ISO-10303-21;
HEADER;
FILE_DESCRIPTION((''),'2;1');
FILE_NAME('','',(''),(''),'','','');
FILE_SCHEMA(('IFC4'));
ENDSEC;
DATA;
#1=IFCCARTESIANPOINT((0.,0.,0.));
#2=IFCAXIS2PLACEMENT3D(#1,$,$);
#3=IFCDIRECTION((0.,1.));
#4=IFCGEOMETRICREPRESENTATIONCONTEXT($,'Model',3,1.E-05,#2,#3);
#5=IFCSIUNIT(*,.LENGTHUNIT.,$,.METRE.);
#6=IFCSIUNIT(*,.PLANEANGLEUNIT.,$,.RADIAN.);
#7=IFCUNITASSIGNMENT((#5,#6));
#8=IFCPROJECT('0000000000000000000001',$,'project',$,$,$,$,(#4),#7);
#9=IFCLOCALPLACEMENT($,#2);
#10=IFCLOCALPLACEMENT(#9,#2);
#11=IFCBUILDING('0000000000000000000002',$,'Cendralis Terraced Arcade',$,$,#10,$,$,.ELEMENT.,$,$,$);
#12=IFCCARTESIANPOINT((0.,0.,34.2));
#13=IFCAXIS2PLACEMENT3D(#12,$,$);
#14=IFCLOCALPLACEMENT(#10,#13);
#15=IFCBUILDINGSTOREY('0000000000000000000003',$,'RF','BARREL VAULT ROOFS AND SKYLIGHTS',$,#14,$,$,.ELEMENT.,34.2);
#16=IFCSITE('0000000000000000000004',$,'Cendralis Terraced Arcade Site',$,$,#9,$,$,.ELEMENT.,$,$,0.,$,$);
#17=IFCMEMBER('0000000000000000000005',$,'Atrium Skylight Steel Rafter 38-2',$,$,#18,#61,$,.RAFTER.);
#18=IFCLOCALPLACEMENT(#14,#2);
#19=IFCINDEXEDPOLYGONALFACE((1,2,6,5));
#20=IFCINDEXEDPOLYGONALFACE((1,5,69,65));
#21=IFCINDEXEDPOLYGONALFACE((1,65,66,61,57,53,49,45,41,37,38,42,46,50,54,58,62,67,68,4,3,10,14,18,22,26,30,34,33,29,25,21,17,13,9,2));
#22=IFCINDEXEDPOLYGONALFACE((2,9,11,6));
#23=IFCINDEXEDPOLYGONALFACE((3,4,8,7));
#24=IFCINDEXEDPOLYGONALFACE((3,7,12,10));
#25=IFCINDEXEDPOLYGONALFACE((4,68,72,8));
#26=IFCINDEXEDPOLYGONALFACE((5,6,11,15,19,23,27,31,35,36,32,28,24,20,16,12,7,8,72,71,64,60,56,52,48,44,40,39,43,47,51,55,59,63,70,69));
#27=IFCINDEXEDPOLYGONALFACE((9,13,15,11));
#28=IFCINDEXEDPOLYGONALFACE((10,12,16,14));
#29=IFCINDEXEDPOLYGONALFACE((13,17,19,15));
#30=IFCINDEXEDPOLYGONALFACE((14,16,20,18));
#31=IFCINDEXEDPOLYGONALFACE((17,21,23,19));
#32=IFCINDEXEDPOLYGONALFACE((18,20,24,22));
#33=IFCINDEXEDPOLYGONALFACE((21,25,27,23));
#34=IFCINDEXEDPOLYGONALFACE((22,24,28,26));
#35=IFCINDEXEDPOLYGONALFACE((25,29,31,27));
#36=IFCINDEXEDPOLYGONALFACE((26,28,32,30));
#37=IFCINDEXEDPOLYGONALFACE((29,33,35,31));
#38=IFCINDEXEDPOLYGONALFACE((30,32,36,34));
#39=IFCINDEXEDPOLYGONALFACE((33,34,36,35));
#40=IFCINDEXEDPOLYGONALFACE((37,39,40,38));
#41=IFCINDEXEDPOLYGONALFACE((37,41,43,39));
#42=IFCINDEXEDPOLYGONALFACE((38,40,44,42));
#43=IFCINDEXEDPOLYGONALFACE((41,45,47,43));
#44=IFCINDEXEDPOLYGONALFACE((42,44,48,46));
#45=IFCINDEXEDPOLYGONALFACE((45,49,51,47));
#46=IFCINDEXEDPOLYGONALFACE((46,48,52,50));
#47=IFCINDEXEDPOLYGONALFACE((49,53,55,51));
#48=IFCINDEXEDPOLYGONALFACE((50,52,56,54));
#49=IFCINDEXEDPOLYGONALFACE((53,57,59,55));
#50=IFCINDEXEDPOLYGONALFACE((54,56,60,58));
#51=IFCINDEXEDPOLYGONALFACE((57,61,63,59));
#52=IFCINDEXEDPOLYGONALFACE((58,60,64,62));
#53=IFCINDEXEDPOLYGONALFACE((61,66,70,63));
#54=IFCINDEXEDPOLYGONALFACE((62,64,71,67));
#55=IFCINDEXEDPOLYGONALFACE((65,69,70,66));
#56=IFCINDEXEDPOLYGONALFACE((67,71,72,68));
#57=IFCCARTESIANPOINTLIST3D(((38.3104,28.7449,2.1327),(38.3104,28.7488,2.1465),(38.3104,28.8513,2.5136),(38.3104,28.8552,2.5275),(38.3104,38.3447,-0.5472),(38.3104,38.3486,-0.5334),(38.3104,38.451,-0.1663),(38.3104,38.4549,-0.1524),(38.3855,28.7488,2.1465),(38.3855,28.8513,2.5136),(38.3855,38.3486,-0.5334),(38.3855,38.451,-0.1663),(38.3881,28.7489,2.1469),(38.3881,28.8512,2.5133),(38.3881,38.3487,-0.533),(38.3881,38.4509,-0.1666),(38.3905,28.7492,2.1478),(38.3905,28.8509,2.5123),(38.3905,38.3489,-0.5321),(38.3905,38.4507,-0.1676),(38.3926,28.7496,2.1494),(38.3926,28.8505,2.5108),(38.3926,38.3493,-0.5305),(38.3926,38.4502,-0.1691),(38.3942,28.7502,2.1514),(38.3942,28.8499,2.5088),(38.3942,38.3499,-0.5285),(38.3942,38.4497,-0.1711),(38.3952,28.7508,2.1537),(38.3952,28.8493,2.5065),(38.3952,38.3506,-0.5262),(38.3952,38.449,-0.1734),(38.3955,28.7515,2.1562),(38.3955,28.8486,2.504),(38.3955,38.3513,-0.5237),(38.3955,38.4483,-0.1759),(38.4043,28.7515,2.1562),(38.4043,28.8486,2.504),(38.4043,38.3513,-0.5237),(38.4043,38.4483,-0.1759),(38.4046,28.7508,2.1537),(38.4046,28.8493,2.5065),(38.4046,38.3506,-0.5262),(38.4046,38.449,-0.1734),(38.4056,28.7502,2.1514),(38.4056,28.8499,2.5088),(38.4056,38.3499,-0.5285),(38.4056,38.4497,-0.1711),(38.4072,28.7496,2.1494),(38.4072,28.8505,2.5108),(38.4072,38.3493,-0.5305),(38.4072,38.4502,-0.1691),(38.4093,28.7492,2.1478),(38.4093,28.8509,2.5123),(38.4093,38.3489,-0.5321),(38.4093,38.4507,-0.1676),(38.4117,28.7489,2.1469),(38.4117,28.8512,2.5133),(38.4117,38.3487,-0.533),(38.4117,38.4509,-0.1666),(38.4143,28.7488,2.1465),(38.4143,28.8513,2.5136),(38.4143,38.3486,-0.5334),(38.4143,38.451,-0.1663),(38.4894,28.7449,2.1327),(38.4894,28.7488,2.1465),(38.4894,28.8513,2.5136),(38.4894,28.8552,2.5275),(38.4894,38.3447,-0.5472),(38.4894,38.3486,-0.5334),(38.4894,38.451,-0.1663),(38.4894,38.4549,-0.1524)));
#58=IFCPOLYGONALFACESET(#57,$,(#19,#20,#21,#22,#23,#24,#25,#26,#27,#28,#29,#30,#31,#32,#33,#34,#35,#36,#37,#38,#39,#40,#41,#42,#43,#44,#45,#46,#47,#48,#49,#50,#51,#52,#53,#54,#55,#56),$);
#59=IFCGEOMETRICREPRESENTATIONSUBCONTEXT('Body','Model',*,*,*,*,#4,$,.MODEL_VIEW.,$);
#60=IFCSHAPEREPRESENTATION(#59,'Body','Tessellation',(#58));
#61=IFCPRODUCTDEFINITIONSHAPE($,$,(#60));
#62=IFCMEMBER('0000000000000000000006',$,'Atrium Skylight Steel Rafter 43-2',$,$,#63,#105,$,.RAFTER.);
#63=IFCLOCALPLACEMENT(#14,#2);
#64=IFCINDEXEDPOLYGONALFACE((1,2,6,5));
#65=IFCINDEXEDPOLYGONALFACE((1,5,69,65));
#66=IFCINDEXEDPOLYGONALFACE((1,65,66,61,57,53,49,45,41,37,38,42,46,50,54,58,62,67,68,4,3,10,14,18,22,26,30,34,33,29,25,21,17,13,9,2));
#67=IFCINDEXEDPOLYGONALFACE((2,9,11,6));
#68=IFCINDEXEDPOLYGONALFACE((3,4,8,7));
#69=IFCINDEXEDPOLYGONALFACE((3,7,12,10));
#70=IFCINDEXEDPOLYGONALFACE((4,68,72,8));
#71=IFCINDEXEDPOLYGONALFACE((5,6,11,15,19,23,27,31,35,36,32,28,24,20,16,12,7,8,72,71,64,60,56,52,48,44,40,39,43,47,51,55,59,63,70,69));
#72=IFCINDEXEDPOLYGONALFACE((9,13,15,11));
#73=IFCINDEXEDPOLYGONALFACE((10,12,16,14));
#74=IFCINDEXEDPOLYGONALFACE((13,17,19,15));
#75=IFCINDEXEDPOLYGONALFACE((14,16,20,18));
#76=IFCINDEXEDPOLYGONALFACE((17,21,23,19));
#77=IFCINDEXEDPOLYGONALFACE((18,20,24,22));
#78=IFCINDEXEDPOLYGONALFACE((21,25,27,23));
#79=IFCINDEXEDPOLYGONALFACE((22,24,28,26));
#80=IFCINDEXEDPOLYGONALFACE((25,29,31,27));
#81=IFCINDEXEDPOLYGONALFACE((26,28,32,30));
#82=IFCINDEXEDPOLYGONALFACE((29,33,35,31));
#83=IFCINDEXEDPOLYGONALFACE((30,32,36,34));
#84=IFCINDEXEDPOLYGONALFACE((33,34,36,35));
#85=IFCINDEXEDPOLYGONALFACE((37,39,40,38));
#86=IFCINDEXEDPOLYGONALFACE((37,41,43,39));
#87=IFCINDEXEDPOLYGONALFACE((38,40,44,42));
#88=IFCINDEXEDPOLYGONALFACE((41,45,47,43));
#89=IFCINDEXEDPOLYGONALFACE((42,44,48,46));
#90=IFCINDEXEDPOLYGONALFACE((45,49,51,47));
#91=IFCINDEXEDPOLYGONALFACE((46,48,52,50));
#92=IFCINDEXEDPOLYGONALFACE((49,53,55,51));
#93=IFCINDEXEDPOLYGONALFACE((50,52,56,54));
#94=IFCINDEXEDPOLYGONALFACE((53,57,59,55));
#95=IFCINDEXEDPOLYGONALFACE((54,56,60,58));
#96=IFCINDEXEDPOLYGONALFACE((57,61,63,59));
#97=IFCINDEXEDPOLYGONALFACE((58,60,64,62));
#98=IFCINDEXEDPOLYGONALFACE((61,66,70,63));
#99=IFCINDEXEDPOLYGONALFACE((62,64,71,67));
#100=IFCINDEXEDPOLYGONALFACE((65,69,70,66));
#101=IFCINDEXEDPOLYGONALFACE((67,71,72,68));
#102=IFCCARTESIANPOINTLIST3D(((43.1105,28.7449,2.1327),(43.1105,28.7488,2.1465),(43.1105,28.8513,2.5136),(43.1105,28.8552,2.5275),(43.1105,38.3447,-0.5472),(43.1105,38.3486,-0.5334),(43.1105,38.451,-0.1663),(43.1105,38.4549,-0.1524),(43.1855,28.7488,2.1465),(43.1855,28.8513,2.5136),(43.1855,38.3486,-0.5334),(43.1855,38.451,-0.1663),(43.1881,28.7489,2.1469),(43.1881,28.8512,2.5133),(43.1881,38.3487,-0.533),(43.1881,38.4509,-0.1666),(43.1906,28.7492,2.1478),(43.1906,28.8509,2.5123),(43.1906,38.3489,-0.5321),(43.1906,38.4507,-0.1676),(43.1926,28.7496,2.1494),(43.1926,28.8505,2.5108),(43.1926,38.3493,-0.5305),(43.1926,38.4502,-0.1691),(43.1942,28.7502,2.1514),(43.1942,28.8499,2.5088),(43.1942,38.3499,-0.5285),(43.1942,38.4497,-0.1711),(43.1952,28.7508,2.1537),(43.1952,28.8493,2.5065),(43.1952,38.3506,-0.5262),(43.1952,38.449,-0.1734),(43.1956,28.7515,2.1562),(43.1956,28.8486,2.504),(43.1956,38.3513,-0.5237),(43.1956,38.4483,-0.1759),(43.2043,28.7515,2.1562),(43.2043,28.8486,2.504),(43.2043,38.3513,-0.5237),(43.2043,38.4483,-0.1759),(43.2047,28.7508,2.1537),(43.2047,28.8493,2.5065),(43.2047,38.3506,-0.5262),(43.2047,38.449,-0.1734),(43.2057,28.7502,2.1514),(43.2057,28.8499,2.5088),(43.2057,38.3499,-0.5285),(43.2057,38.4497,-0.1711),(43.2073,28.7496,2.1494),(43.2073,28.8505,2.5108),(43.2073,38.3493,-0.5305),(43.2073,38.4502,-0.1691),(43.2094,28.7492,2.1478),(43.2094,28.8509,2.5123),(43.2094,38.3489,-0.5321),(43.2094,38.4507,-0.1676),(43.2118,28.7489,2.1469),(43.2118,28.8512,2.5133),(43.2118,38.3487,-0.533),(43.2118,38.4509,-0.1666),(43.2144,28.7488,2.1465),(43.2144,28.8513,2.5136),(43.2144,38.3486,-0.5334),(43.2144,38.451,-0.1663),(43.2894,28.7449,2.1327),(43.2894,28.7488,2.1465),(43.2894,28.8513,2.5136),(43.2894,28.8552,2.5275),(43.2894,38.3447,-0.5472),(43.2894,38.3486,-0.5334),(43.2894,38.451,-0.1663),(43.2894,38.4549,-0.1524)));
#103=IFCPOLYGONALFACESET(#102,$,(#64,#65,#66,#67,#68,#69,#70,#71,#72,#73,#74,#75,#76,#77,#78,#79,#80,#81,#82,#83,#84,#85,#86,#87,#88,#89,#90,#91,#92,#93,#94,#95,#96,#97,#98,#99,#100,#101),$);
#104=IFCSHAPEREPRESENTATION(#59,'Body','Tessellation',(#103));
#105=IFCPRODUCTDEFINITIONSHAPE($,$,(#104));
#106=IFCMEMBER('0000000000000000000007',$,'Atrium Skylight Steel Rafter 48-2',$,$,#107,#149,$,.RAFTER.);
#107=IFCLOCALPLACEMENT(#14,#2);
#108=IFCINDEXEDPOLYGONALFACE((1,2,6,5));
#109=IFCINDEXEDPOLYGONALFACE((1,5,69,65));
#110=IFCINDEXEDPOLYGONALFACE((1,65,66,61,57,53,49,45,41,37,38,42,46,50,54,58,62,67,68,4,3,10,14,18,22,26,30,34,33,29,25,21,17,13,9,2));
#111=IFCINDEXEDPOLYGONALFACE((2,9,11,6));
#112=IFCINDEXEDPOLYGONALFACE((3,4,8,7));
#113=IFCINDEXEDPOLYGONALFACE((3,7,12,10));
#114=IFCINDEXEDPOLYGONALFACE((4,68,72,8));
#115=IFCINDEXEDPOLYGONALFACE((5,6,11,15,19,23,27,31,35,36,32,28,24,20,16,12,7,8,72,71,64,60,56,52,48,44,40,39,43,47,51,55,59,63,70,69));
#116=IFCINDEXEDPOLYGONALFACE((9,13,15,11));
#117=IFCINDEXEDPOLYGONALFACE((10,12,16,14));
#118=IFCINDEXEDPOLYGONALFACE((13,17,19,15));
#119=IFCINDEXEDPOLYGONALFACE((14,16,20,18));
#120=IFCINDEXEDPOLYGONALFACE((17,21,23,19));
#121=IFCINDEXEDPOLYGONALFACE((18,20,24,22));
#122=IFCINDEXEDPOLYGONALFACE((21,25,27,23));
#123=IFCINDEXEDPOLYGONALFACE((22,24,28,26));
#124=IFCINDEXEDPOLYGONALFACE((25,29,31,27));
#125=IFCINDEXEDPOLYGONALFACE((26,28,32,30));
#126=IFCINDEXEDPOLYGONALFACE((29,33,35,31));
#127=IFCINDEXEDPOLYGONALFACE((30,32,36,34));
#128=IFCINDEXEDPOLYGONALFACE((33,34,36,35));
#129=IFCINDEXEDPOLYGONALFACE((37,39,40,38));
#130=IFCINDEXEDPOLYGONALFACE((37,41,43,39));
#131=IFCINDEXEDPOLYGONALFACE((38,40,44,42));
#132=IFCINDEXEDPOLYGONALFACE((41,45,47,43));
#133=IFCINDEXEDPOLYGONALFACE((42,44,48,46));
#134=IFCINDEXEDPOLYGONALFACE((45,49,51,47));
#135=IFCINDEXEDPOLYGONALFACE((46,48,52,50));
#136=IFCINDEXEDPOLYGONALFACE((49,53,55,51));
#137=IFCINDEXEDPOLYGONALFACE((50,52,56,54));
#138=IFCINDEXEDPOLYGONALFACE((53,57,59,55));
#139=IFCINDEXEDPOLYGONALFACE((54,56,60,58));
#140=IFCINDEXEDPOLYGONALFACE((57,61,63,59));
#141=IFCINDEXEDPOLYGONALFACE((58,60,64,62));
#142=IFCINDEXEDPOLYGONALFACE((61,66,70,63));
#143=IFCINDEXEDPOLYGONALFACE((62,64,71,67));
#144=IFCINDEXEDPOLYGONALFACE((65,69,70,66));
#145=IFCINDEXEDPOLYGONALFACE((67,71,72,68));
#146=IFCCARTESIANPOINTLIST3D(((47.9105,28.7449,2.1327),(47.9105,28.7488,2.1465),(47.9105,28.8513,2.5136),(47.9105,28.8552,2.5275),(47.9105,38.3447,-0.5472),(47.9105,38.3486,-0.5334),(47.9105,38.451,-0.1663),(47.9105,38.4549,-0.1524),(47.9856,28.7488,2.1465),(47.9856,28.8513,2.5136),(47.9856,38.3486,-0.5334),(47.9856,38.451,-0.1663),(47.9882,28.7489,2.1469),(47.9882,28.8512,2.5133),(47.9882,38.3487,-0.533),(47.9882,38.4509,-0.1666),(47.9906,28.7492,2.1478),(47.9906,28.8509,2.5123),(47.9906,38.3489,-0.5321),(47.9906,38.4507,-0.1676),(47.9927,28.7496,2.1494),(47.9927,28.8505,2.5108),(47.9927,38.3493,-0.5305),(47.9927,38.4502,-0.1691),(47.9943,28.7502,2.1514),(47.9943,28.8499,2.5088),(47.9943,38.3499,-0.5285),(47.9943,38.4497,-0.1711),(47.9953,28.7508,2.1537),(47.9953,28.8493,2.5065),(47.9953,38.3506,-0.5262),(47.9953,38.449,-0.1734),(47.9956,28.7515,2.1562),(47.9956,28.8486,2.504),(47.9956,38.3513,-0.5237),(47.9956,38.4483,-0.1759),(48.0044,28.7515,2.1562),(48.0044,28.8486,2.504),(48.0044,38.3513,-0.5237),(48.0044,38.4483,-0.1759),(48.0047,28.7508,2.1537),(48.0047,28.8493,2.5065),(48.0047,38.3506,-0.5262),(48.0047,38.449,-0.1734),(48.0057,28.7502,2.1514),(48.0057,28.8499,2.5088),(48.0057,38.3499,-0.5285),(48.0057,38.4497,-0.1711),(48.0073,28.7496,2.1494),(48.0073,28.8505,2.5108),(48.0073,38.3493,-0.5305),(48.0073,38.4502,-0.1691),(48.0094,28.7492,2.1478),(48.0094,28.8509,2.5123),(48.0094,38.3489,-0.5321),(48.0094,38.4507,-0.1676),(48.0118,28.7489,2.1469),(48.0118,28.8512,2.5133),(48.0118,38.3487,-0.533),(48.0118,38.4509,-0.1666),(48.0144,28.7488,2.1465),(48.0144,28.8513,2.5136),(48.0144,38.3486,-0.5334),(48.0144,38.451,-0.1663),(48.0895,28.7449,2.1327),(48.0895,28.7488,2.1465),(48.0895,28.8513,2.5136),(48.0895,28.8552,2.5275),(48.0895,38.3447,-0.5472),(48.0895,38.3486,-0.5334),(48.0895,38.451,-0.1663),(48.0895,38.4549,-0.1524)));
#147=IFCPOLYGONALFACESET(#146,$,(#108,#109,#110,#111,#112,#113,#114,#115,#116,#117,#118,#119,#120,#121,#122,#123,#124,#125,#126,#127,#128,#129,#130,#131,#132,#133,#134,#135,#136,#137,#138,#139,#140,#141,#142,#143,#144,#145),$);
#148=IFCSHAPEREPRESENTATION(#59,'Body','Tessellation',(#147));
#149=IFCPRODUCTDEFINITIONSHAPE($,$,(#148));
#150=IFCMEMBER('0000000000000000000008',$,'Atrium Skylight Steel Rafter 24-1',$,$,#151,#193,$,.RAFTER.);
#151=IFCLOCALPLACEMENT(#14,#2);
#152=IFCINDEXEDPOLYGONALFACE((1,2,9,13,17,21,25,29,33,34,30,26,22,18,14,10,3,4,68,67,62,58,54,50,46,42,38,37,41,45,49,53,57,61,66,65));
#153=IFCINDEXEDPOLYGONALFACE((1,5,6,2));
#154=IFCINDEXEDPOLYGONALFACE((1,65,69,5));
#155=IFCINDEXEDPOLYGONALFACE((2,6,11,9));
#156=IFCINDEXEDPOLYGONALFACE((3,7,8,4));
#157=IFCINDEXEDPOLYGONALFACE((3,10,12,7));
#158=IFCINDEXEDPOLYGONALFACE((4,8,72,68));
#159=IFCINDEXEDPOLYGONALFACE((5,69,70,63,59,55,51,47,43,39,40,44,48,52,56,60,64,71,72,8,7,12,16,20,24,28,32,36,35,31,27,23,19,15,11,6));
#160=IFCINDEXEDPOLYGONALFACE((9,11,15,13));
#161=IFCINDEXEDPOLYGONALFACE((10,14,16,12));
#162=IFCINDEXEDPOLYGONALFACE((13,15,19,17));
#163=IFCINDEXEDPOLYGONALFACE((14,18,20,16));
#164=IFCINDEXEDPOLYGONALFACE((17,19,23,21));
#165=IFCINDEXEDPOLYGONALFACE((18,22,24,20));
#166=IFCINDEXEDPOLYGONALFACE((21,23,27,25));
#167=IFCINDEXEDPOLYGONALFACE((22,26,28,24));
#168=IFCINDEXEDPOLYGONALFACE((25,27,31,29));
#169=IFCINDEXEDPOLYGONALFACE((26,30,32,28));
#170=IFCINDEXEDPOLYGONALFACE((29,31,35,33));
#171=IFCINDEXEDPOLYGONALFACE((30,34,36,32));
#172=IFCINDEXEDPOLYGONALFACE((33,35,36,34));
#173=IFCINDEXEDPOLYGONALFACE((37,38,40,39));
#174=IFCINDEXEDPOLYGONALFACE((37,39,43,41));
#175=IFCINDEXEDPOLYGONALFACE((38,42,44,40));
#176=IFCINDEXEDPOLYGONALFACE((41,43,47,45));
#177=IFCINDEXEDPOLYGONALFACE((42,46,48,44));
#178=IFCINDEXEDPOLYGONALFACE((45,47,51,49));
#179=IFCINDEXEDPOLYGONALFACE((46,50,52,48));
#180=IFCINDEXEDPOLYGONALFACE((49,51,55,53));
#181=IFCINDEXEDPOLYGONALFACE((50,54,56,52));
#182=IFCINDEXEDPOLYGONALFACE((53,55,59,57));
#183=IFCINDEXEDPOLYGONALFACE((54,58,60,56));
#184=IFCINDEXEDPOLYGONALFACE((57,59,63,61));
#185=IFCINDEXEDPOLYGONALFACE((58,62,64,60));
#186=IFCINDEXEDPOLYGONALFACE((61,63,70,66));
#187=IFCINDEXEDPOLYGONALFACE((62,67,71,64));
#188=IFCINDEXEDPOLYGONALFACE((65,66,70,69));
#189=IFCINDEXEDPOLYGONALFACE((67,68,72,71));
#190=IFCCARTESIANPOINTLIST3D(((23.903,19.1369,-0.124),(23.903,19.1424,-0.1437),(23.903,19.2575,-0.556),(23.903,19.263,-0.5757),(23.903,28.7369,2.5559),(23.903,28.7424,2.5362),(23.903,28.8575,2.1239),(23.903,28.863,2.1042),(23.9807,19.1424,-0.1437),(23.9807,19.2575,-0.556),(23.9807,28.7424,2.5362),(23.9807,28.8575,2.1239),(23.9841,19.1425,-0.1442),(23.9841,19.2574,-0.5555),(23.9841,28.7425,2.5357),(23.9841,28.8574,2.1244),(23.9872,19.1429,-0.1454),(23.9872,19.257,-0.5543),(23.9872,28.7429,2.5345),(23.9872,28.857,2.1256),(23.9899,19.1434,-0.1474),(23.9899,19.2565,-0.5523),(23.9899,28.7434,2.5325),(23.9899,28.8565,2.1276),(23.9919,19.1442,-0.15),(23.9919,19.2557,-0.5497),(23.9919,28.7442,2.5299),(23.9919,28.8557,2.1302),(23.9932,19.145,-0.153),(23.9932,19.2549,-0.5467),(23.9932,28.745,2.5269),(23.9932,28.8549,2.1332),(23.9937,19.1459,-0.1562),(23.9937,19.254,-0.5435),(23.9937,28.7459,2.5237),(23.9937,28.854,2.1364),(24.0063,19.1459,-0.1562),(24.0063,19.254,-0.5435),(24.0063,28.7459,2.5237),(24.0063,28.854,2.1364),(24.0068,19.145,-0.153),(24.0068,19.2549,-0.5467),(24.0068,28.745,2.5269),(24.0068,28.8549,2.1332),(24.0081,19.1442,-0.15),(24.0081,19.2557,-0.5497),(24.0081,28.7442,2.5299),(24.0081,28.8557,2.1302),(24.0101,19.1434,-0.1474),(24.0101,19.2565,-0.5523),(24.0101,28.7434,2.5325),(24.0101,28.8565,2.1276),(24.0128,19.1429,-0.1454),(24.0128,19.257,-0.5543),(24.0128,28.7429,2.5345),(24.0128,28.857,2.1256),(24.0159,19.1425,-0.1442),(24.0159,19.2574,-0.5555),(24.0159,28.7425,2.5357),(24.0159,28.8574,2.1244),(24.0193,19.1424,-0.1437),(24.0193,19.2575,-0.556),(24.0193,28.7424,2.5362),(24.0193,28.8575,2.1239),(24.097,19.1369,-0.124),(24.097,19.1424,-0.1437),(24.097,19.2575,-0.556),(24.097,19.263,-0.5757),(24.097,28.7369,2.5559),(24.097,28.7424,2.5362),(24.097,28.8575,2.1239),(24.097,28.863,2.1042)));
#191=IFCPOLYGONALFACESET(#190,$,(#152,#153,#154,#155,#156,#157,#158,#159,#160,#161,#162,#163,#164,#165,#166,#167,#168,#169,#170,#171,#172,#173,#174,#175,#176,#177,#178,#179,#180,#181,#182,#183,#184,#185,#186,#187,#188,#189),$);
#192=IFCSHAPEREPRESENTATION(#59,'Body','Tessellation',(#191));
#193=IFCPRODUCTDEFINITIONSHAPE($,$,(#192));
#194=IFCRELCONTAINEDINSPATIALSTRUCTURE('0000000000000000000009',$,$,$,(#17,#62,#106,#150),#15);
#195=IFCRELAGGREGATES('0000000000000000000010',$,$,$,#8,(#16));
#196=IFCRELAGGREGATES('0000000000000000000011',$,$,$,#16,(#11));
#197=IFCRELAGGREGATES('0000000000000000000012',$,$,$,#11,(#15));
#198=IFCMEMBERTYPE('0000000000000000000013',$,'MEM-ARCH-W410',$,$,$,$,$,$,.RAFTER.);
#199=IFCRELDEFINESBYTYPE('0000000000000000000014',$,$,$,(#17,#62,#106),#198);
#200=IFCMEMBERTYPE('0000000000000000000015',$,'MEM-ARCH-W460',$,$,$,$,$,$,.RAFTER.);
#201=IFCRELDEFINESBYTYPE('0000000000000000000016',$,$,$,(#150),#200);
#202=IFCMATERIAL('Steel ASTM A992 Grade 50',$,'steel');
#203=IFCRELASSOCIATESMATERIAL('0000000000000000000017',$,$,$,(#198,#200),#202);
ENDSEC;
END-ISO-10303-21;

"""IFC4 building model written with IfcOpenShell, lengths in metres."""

from ifc_helpers import new_model, si_unit, direction, frame, origin, origin_2d, place, context, subcontext, project, spatial, i_section, extrude, material, material_profile, profile_set, type_object, element, save


model = new_model("IFC4")

# Units and contexts
model_context = context("Model", 3, precision=1e-05, world=origin(), true_north=direction((0.0, 1.0)))
body_context = subcontext(model_context, "Body", "Model", "MODEL_VIEW")
ifc_project = project(units=[si_unit("LENGTHUNIT", "METRE"), si_unit("PLANEANGLEUNIT", "RADIAN")], contexts=[model_context])

# Site, building, storey
site_placement = place(None, origin())
site = spatial("IfcSite", under=ifc_project, at=site_placement, Name="Cendralis Terraced Arcade Site", CompositionType="ELEMENT", RefElevation=0.0)
building_placement = place(site_placement, origin())
building = spatial("IfcBuilding", under=site, at=building_placement, Name="Cendralis Terraced Arcade", CompositionType="ELEMENT")
storey_placement = place(building_placement, frame((0.0, 0.0, 34.2)))
storey = spatial("IfcBuildingStorey", under=building, at=storey_placement, Name="RF", Description="BARREL VAULT ROOFS AND SKYLIGHTS", CompositionType="ELEMENT", Elevation=34.2)

# Members
ifc_material_1 = material(Name="Steel ASTM A992 Grade 50", Category="steel")
ifc_material_profile_1 = material_profile(ifc_material_1, i_section(OverallWidth=0.179, OverallDepth=0.4099, WebThickness=0.0088, FlangeThickness=0.0144, FilletRadius=0.01, at=origin_2d()), Name="W410X67", Category="LoadBearing")
ifc_profile_set_1 = profile_set([ifc_material_profile_1], Name="Steel ASTM A992 Grade 50")
member_type_1 = type_object("IfcMemberType", Name="MEM-ARCH-W410", PredefinedType="RAFTER", material=ifc_profile_set_1)
for number, where, z_axis, x_axis, name in (
    (1, (38.3999, 28.8, 2.3301), (0.0, 0.963173, -0.268883), (-1.0, 0.0, 0.0), "Atrium Skylight Steel Rafter 38-2"),
    (2, (43.2, 28.8, 2.3301), (0.0, 0.963173, -0.268883), (-1.0, 0.0, 0.0), "Atrium Skylight Steel Rafter 43-2"),
    (3, (48.0, 28.8, 2.3301), (0.0, 0.963173, -0.268883), (-1.0, 0.0, 0.0), "Atrium Skylight Steel Rafter 48-2"),
):
    element("IfcMember", number, at=place(storey_placement, frame(where, z_axis=z_axis, x_axis=x_axis)), inside=storey, type_object=member_type_1, Name=name, PredefinedType="RAFTER", context=body_context, shape_type="SweptSolid", body=[
        extrude(i_section(OverallWidth=0.179, OverallDepth=0.4099, WebThickness=0.0088, FlangeThickness=0.0144, FilletRadius=0.01, at=origin_2d()), origin(), (0.0, 0.0, 1.0), 9.9668),
    ])
ifc_material_profile_2 = material_profile(ifc_material_1, i_section(OverallWidth=0.1941, OverallDepth=0.469, WebThickness=0.0127, FlangeThickness=0.0205, FilletRadius=0.0129, at=origin_2d()), Name="W460X106", Category="LoadBearing")
ifc_profile_set_2 = profile_set([ifc_material_profile_2], Name="Steel ASTM A992 Grade 50")
member_type_2 = type_object("IfcMemberType", Name="MEM-ARCH-W460", PredefinedType="RAFTER", material=ifc_profile_set_2)
for number, where, z_axis, x_axis, name in (
    (4, (24.0, 19.2, -0.3499), (0.0, 0.963175, 0.268877), (-1.0, 0.0, 0.0), "Atrium Skylight Steel Rafter 24-1"),
):
    element("IfcMember", number, at=place(storey_placement, frame(where, z_axis=z_axis, x_axis=x_axis)), inside=storey, type_object=member_type_2, Name=name, PredefinedType="RAFTER", context=body_context, shape_type="SweptSolid", body=[
        extrude(i_section(OverallWidth=0.1941, OverallDepth=0.469, WebThickness=0.0127, FlangeThickness=0.0205, FilletRadius=0.0129, at=origin_2d()), origin(), (0.0, 0.0, 1.0), 9.967),
    ])

save(model, "model.ifc")
